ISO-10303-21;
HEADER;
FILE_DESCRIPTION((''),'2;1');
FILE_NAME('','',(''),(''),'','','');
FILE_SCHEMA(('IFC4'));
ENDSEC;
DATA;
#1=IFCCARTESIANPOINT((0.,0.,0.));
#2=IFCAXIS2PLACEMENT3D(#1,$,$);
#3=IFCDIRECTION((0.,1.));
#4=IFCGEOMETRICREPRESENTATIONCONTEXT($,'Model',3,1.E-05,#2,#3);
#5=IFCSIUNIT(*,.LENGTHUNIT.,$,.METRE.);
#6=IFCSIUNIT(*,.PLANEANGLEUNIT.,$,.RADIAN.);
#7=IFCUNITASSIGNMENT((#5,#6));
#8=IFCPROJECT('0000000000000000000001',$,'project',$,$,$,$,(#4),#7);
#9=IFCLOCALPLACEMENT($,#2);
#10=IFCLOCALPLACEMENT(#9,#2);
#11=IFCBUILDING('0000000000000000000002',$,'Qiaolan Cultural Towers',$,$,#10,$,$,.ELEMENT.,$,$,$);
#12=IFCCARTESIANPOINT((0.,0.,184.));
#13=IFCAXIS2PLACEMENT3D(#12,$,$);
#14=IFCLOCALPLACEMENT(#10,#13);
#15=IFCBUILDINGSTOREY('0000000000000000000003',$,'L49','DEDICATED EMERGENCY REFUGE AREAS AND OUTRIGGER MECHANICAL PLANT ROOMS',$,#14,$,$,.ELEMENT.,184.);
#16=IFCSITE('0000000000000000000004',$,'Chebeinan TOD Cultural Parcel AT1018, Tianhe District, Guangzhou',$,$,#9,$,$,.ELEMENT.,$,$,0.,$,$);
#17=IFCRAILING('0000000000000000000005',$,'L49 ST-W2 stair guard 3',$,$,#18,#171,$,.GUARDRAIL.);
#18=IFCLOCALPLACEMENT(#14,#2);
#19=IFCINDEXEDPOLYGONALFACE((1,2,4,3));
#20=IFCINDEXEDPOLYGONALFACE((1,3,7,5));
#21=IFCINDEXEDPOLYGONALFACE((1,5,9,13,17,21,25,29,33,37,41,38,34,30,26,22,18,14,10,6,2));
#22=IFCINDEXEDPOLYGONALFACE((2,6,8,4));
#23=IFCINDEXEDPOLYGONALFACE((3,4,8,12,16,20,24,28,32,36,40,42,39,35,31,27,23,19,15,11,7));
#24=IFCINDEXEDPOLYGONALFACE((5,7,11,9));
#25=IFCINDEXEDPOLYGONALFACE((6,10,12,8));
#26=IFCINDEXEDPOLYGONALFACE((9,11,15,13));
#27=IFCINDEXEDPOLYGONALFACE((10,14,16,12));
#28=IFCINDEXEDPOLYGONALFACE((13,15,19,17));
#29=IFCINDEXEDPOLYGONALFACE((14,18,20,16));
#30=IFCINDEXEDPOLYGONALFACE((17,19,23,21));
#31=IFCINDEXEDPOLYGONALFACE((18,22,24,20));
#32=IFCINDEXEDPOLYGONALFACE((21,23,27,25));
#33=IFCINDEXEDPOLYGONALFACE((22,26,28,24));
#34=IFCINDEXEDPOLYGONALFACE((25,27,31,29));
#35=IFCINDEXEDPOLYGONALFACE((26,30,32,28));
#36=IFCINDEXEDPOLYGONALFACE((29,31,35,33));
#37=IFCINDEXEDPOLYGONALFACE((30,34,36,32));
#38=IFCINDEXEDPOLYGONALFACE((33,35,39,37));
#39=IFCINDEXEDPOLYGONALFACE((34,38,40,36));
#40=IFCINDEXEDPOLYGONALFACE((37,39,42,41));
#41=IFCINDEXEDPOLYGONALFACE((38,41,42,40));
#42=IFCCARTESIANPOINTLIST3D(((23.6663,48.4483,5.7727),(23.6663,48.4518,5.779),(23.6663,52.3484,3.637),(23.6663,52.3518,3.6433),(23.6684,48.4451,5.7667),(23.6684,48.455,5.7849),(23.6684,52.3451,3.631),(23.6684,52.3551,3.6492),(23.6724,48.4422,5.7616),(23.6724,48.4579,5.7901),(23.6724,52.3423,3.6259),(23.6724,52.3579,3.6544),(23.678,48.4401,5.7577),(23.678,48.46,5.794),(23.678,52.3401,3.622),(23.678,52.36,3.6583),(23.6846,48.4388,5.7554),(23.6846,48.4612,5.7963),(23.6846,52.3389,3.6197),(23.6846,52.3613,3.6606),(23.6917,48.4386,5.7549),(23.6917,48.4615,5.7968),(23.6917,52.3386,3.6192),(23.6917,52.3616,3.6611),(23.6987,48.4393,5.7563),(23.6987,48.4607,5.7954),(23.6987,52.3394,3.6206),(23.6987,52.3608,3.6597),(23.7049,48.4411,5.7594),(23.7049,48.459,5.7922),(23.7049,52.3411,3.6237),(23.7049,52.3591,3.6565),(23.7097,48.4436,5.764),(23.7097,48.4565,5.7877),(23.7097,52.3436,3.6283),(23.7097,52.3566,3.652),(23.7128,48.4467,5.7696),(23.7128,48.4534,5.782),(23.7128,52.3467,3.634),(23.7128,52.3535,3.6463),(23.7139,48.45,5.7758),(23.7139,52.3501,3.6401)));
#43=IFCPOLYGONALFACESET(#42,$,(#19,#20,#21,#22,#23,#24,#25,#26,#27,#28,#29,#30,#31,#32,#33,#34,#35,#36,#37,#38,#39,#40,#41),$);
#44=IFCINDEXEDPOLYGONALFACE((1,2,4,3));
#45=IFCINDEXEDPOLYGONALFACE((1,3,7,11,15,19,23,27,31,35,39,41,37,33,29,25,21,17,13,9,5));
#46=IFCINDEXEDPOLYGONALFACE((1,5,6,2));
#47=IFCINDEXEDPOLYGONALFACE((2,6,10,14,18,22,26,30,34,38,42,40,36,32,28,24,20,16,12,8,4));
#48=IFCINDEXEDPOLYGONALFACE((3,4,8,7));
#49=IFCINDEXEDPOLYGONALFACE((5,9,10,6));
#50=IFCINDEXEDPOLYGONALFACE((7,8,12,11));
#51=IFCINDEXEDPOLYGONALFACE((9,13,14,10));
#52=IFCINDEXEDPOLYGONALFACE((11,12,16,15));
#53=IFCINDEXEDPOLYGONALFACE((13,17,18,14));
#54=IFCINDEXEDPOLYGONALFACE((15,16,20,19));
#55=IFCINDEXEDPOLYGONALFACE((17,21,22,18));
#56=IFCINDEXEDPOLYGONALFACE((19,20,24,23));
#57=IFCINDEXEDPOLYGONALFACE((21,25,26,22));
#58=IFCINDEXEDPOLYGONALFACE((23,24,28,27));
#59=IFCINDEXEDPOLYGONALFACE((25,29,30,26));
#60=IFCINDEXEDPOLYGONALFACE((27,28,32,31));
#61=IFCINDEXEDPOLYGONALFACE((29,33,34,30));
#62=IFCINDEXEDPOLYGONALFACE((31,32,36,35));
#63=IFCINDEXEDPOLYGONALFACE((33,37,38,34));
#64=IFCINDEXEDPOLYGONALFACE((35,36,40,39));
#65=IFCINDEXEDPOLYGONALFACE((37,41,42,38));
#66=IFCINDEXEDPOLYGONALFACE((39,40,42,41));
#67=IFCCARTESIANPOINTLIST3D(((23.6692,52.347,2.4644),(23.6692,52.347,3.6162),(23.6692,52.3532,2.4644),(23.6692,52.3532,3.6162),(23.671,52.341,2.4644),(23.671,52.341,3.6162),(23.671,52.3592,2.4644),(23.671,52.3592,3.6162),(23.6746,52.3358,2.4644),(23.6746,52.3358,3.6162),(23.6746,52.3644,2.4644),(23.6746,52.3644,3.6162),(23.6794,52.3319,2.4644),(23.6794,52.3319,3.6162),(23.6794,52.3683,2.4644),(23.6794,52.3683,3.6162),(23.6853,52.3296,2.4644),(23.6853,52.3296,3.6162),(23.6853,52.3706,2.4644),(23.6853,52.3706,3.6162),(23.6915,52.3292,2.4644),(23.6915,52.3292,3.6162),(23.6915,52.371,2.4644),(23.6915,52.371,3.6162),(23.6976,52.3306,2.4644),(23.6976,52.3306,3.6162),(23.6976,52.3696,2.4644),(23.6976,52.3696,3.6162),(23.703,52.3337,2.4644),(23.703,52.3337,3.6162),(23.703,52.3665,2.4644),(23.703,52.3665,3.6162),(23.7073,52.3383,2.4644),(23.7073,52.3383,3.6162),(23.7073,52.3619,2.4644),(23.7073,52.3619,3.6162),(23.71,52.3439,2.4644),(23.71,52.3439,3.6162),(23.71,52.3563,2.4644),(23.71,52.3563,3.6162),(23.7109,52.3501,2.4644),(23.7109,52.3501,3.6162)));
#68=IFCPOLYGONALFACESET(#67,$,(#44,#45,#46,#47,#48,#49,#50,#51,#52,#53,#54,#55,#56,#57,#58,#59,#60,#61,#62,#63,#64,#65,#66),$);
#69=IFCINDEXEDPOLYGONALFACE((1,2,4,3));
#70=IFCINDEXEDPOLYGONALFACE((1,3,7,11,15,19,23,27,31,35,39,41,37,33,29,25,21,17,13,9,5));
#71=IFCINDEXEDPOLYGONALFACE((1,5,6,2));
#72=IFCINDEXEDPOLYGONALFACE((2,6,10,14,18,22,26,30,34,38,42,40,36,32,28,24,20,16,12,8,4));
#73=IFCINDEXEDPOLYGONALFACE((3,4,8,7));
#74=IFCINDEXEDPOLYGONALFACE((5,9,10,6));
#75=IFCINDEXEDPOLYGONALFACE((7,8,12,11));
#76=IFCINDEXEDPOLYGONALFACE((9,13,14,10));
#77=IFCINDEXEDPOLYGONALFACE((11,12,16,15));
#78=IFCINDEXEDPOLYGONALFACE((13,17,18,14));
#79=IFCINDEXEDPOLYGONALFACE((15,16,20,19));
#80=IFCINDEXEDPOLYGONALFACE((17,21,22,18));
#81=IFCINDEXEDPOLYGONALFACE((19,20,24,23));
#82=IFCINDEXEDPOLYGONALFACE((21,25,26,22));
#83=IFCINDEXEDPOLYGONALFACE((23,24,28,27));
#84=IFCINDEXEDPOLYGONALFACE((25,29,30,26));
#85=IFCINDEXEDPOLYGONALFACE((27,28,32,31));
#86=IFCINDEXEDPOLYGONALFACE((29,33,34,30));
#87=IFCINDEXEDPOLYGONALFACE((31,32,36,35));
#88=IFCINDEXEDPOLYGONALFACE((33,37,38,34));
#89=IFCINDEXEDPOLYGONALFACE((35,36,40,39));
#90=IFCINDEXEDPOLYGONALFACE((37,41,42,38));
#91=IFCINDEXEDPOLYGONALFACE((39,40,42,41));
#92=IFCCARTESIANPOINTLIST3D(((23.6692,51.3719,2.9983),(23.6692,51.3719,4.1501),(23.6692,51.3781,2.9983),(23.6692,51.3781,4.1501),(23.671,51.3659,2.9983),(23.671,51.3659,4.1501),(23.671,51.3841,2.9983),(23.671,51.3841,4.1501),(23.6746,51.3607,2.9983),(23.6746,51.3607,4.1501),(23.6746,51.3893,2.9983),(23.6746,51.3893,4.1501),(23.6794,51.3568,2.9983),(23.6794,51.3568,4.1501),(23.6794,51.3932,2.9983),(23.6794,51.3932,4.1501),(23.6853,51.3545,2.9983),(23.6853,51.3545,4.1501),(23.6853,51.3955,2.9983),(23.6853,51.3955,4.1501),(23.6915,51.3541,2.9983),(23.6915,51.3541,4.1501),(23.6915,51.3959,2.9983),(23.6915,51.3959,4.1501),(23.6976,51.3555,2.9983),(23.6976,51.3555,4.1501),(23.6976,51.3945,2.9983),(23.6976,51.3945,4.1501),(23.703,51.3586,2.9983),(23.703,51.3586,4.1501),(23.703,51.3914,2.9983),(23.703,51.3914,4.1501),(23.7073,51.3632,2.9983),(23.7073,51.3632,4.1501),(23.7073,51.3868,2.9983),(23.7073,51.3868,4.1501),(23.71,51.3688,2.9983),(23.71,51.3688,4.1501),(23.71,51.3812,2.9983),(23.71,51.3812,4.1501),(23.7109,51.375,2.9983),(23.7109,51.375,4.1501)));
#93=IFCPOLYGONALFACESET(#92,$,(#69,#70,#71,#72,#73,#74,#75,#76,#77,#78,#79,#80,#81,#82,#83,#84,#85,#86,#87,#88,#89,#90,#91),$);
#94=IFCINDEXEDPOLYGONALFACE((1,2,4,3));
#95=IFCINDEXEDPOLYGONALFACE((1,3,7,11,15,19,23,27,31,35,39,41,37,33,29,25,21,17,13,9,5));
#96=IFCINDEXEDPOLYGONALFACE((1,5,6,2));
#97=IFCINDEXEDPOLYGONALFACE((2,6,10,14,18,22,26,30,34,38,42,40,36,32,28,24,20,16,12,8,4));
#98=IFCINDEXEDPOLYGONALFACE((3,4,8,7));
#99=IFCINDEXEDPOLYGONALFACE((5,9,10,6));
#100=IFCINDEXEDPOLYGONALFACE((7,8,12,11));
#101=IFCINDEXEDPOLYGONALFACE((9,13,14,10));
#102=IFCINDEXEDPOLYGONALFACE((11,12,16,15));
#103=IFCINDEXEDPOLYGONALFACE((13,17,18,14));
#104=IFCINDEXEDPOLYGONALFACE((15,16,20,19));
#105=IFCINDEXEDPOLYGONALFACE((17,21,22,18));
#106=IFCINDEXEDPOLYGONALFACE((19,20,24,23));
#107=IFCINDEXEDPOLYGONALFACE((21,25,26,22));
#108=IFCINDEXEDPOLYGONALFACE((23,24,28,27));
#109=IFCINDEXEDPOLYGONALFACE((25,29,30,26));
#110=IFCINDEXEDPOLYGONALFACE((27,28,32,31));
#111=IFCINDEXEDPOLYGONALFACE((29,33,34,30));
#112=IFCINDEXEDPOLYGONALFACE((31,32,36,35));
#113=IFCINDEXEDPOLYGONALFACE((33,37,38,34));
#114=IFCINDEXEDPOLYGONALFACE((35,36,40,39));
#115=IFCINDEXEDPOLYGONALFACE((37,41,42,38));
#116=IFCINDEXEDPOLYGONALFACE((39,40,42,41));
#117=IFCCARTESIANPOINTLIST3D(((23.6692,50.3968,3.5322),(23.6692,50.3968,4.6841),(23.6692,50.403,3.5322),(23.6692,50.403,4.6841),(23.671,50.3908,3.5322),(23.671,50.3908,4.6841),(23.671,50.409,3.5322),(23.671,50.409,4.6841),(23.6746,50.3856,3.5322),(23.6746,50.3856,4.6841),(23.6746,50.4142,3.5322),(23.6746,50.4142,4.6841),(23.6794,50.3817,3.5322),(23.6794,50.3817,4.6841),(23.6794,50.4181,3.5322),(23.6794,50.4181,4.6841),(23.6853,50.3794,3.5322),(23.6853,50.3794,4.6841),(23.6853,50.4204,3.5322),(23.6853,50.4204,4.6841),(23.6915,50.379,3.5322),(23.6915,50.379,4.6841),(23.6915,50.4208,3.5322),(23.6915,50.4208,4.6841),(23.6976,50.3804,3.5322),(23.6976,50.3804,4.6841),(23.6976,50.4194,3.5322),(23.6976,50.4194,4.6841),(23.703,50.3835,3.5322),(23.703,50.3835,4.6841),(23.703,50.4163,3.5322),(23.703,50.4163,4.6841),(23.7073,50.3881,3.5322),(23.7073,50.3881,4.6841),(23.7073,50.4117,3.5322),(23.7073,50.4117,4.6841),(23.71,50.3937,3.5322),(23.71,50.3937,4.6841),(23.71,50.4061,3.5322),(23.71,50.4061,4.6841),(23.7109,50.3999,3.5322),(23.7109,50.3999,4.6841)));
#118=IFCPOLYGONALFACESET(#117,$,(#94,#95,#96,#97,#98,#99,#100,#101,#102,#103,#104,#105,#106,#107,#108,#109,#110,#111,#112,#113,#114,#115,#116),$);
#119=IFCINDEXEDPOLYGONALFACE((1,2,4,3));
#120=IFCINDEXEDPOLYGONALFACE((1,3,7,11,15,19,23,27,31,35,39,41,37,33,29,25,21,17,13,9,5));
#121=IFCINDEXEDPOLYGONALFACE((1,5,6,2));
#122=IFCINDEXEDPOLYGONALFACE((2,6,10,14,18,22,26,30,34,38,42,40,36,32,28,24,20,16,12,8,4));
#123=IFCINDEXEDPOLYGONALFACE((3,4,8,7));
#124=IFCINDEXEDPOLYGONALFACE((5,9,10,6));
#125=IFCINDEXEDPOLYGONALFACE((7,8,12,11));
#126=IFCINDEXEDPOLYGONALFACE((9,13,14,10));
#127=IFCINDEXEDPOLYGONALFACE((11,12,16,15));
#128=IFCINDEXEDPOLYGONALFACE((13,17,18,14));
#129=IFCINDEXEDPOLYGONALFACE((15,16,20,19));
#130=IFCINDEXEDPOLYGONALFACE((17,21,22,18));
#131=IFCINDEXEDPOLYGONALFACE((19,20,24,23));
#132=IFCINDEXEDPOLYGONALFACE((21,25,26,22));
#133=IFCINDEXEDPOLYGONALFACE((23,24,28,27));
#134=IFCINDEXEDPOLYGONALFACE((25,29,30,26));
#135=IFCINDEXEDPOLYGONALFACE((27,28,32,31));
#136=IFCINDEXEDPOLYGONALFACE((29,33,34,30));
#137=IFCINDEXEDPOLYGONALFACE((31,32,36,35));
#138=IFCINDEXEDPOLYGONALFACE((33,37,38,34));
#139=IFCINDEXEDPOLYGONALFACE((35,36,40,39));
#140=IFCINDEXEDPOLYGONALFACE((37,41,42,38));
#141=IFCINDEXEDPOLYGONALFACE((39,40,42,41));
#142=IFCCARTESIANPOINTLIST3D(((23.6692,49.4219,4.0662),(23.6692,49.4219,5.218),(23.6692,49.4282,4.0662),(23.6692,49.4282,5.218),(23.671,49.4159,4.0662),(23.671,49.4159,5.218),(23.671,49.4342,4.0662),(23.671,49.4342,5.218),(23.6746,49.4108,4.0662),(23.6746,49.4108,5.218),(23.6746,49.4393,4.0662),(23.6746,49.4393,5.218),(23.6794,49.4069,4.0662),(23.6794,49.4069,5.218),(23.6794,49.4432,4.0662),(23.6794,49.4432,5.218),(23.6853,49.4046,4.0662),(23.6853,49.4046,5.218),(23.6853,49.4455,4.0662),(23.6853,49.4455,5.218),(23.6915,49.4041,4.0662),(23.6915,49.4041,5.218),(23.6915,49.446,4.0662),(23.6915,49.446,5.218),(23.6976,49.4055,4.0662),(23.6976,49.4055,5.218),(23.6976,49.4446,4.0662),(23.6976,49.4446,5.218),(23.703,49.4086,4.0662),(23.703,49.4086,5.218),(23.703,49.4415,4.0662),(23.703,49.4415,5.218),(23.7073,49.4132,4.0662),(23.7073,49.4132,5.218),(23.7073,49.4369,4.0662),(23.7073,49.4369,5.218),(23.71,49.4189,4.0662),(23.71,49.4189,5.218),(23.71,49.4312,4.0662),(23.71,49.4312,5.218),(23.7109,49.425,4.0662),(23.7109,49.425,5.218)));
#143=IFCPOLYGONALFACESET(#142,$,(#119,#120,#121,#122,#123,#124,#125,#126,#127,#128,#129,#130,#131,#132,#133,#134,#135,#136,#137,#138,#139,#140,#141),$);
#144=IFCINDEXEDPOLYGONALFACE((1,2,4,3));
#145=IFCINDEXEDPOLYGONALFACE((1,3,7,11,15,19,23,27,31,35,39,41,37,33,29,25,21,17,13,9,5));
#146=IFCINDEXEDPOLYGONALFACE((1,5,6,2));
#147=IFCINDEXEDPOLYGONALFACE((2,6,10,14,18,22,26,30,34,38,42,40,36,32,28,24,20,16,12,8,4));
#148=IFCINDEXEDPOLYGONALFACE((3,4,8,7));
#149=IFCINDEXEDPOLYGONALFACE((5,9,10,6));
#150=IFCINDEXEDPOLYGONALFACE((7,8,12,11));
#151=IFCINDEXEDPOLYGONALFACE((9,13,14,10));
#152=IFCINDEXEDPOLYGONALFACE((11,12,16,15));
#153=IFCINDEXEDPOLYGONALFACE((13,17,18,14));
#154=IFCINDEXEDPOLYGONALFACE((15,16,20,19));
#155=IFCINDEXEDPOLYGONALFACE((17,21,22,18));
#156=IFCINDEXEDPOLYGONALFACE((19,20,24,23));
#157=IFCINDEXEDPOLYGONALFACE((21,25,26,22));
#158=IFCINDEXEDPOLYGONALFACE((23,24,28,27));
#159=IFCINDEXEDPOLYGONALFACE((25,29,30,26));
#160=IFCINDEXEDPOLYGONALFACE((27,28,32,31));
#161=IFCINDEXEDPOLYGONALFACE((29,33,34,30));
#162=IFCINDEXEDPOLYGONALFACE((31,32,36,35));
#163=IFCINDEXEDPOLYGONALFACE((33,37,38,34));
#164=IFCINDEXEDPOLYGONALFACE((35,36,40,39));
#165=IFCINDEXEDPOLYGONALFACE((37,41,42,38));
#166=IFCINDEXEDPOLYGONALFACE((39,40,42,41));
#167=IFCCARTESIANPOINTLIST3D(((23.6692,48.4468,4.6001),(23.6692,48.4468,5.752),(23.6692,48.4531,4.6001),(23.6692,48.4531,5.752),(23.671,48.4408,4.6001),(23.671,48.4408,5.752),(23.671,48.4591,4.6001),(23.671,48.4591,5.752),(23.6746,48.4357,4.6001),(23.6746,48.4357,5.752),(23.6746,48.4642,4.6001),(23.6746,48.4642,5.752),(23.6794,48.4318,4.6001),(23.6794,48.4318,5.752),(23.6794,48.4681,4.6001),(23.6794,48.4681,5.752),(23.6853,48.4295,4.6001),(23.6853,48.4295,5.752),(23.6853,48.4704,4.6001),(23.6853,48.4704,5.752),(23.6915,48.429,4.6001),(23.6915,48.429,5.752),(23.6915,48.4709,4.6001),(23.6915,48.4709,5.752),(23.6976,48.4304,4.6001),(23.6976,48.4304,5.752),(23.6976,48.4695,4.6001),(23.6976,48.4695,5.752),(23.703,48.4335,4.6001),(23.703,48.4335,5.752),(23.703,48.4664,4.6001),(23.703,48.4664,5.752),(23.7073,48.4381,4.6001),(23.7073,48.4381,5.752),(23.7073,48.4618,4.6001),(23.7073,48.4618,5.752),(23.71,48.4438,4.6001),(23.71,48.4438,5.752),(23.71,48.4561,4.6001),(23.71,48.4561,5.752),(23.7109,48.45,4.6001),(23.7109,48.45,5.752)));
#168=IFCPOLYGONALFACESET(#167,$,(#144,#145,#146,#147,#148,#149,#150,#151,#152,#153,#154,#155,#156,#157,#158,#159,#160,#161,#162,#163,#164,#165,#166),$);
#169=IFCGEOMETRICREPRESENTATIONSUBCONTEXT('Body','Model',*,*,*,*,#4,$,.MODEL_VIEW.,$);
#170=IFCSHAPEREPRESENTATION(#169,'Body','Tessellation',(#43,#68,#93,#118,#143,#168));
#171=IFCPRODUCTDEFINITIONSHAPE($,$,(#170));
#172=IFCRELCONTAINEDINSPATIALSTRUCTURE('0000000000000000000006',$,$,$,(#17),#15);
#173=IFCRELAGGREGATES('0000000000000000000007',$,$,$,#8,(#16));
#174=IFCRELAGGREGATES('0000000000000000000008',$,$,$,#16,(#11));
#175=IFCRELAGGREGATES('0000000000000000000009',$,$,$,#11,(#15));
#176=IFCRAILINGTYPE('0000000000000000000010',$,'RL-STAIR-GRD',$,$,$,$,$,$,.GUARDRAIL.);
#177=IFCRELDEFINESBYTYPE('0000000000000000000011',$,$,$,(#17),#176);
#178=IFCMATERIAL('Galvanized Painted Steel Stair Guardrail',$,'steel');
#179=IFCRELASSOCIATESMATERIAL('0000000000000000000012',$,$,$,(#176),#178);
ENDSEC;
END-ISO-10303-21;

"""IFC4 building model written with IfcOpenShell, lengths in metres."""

from ifc_helpers import new_model, si_unit, direction, frame, origin, origin_2d, place, context, subcontext, project, spatial, circle, extrude, material, type_object, element, save


model = new_model("IFC4")

# Units and contexts
model_context = context("Model", 3, precision=1e-05, world=origin(), true_north=direction((0.0, 1.0)))
body_context = subcontext(model_context, "Body", "Model", "MODEL_VIEW")
ifc_project = project(units=[si_unit("LENGTHUNIT", "METRE"), si_unit("PLANEANGLEUNIT", "RADIAN")], contexts=[model_context])

# Site, building, storey
site_placement = place(None, origin())
site = spatial("IfcSite", under=ifc_project, at=site_placement, Name="Chebeinan TOD Cultural Parcel AT1018, Tianhe District, Guangzhou", CompositionType="ELEMENT", RefElevation=0.0)
building_placement = place(site_placement, origin())
building = spatial("IfcBuilding", under=site, at=building_placement, Name="Qiaolan Cultural Towers", CompositionType="ELEMENT")
storey_placement = place(building_placement, frame((0.0, 0.0, 184.0)))
storey = spatial("IfcBuildingStorey", under=building, at=storey_placement, Name="L49", Description="DEDICATED EMERGENCY REFUGE AREAS AND OUTRIGGER MECHANICAL PLANT ROOMS", CompositionType="ELEMENT", Elevation=184.0)

# Railing
ifc_material_1 = material(Name="Galvanized Painted Steel Stair Guardrail", Category="steel")
railing_type_1 = type_object("IfcRailingType", Name="RL-STAIR-GRD", PredefinedType="GUARDRAIL", material=ifc_material_1)
railing_1_placement = place(storey_placement, frame((23.6899, 52.3501, 2.4644)))
element("IfcRailing", 1, at=railing_1_placement, inside=storey, type_object=railing_type_1, Name="L49 ST-W2 stair guard 3", PredefinedType="GUARDRAIL", context=body_context, shape_type="SweptSolid", body=[
    extrude(circle(Radius=0.0239, at=origin_2d()), frame((0.0, 0.0, 1.1758), z_axis=(0.0, -0.877101, 0.480306), x_axis=(1.0, 0.0, 0.0)), (0.0, 0.0, 1.0), 4.4465),
    extrude(circle(Radius=0.021, at=origin_2d()), origin(), (0.0, 0.0, 1.0), 1.1519),
    extrude(circle(Radius=0.021, at=origin_2d()), frame((0.0, -0.9751, 0.5339)), (0.0, 0.0, 1.0), 1.1519),
    extrude(circle(Radius=0.021, at=origin_2d()), frame((0.0, -1.9502, 1.0679)), (0.0, 0.0, 1.0), 1.1519),
    extrude(circle(Radius=0.021, at=origin_2d()), frame((0.0, -2.925, 1.6018)), (0.0, 0.0, 1.0), 1.1519),
    extrude(circle(Radius=0.021, at=origin_2d()), frame((0.0, -3.9001, 2.1357)), (0.0, 0.0, 1.0), 1.1519),
])

save(model, "model.ifc")
